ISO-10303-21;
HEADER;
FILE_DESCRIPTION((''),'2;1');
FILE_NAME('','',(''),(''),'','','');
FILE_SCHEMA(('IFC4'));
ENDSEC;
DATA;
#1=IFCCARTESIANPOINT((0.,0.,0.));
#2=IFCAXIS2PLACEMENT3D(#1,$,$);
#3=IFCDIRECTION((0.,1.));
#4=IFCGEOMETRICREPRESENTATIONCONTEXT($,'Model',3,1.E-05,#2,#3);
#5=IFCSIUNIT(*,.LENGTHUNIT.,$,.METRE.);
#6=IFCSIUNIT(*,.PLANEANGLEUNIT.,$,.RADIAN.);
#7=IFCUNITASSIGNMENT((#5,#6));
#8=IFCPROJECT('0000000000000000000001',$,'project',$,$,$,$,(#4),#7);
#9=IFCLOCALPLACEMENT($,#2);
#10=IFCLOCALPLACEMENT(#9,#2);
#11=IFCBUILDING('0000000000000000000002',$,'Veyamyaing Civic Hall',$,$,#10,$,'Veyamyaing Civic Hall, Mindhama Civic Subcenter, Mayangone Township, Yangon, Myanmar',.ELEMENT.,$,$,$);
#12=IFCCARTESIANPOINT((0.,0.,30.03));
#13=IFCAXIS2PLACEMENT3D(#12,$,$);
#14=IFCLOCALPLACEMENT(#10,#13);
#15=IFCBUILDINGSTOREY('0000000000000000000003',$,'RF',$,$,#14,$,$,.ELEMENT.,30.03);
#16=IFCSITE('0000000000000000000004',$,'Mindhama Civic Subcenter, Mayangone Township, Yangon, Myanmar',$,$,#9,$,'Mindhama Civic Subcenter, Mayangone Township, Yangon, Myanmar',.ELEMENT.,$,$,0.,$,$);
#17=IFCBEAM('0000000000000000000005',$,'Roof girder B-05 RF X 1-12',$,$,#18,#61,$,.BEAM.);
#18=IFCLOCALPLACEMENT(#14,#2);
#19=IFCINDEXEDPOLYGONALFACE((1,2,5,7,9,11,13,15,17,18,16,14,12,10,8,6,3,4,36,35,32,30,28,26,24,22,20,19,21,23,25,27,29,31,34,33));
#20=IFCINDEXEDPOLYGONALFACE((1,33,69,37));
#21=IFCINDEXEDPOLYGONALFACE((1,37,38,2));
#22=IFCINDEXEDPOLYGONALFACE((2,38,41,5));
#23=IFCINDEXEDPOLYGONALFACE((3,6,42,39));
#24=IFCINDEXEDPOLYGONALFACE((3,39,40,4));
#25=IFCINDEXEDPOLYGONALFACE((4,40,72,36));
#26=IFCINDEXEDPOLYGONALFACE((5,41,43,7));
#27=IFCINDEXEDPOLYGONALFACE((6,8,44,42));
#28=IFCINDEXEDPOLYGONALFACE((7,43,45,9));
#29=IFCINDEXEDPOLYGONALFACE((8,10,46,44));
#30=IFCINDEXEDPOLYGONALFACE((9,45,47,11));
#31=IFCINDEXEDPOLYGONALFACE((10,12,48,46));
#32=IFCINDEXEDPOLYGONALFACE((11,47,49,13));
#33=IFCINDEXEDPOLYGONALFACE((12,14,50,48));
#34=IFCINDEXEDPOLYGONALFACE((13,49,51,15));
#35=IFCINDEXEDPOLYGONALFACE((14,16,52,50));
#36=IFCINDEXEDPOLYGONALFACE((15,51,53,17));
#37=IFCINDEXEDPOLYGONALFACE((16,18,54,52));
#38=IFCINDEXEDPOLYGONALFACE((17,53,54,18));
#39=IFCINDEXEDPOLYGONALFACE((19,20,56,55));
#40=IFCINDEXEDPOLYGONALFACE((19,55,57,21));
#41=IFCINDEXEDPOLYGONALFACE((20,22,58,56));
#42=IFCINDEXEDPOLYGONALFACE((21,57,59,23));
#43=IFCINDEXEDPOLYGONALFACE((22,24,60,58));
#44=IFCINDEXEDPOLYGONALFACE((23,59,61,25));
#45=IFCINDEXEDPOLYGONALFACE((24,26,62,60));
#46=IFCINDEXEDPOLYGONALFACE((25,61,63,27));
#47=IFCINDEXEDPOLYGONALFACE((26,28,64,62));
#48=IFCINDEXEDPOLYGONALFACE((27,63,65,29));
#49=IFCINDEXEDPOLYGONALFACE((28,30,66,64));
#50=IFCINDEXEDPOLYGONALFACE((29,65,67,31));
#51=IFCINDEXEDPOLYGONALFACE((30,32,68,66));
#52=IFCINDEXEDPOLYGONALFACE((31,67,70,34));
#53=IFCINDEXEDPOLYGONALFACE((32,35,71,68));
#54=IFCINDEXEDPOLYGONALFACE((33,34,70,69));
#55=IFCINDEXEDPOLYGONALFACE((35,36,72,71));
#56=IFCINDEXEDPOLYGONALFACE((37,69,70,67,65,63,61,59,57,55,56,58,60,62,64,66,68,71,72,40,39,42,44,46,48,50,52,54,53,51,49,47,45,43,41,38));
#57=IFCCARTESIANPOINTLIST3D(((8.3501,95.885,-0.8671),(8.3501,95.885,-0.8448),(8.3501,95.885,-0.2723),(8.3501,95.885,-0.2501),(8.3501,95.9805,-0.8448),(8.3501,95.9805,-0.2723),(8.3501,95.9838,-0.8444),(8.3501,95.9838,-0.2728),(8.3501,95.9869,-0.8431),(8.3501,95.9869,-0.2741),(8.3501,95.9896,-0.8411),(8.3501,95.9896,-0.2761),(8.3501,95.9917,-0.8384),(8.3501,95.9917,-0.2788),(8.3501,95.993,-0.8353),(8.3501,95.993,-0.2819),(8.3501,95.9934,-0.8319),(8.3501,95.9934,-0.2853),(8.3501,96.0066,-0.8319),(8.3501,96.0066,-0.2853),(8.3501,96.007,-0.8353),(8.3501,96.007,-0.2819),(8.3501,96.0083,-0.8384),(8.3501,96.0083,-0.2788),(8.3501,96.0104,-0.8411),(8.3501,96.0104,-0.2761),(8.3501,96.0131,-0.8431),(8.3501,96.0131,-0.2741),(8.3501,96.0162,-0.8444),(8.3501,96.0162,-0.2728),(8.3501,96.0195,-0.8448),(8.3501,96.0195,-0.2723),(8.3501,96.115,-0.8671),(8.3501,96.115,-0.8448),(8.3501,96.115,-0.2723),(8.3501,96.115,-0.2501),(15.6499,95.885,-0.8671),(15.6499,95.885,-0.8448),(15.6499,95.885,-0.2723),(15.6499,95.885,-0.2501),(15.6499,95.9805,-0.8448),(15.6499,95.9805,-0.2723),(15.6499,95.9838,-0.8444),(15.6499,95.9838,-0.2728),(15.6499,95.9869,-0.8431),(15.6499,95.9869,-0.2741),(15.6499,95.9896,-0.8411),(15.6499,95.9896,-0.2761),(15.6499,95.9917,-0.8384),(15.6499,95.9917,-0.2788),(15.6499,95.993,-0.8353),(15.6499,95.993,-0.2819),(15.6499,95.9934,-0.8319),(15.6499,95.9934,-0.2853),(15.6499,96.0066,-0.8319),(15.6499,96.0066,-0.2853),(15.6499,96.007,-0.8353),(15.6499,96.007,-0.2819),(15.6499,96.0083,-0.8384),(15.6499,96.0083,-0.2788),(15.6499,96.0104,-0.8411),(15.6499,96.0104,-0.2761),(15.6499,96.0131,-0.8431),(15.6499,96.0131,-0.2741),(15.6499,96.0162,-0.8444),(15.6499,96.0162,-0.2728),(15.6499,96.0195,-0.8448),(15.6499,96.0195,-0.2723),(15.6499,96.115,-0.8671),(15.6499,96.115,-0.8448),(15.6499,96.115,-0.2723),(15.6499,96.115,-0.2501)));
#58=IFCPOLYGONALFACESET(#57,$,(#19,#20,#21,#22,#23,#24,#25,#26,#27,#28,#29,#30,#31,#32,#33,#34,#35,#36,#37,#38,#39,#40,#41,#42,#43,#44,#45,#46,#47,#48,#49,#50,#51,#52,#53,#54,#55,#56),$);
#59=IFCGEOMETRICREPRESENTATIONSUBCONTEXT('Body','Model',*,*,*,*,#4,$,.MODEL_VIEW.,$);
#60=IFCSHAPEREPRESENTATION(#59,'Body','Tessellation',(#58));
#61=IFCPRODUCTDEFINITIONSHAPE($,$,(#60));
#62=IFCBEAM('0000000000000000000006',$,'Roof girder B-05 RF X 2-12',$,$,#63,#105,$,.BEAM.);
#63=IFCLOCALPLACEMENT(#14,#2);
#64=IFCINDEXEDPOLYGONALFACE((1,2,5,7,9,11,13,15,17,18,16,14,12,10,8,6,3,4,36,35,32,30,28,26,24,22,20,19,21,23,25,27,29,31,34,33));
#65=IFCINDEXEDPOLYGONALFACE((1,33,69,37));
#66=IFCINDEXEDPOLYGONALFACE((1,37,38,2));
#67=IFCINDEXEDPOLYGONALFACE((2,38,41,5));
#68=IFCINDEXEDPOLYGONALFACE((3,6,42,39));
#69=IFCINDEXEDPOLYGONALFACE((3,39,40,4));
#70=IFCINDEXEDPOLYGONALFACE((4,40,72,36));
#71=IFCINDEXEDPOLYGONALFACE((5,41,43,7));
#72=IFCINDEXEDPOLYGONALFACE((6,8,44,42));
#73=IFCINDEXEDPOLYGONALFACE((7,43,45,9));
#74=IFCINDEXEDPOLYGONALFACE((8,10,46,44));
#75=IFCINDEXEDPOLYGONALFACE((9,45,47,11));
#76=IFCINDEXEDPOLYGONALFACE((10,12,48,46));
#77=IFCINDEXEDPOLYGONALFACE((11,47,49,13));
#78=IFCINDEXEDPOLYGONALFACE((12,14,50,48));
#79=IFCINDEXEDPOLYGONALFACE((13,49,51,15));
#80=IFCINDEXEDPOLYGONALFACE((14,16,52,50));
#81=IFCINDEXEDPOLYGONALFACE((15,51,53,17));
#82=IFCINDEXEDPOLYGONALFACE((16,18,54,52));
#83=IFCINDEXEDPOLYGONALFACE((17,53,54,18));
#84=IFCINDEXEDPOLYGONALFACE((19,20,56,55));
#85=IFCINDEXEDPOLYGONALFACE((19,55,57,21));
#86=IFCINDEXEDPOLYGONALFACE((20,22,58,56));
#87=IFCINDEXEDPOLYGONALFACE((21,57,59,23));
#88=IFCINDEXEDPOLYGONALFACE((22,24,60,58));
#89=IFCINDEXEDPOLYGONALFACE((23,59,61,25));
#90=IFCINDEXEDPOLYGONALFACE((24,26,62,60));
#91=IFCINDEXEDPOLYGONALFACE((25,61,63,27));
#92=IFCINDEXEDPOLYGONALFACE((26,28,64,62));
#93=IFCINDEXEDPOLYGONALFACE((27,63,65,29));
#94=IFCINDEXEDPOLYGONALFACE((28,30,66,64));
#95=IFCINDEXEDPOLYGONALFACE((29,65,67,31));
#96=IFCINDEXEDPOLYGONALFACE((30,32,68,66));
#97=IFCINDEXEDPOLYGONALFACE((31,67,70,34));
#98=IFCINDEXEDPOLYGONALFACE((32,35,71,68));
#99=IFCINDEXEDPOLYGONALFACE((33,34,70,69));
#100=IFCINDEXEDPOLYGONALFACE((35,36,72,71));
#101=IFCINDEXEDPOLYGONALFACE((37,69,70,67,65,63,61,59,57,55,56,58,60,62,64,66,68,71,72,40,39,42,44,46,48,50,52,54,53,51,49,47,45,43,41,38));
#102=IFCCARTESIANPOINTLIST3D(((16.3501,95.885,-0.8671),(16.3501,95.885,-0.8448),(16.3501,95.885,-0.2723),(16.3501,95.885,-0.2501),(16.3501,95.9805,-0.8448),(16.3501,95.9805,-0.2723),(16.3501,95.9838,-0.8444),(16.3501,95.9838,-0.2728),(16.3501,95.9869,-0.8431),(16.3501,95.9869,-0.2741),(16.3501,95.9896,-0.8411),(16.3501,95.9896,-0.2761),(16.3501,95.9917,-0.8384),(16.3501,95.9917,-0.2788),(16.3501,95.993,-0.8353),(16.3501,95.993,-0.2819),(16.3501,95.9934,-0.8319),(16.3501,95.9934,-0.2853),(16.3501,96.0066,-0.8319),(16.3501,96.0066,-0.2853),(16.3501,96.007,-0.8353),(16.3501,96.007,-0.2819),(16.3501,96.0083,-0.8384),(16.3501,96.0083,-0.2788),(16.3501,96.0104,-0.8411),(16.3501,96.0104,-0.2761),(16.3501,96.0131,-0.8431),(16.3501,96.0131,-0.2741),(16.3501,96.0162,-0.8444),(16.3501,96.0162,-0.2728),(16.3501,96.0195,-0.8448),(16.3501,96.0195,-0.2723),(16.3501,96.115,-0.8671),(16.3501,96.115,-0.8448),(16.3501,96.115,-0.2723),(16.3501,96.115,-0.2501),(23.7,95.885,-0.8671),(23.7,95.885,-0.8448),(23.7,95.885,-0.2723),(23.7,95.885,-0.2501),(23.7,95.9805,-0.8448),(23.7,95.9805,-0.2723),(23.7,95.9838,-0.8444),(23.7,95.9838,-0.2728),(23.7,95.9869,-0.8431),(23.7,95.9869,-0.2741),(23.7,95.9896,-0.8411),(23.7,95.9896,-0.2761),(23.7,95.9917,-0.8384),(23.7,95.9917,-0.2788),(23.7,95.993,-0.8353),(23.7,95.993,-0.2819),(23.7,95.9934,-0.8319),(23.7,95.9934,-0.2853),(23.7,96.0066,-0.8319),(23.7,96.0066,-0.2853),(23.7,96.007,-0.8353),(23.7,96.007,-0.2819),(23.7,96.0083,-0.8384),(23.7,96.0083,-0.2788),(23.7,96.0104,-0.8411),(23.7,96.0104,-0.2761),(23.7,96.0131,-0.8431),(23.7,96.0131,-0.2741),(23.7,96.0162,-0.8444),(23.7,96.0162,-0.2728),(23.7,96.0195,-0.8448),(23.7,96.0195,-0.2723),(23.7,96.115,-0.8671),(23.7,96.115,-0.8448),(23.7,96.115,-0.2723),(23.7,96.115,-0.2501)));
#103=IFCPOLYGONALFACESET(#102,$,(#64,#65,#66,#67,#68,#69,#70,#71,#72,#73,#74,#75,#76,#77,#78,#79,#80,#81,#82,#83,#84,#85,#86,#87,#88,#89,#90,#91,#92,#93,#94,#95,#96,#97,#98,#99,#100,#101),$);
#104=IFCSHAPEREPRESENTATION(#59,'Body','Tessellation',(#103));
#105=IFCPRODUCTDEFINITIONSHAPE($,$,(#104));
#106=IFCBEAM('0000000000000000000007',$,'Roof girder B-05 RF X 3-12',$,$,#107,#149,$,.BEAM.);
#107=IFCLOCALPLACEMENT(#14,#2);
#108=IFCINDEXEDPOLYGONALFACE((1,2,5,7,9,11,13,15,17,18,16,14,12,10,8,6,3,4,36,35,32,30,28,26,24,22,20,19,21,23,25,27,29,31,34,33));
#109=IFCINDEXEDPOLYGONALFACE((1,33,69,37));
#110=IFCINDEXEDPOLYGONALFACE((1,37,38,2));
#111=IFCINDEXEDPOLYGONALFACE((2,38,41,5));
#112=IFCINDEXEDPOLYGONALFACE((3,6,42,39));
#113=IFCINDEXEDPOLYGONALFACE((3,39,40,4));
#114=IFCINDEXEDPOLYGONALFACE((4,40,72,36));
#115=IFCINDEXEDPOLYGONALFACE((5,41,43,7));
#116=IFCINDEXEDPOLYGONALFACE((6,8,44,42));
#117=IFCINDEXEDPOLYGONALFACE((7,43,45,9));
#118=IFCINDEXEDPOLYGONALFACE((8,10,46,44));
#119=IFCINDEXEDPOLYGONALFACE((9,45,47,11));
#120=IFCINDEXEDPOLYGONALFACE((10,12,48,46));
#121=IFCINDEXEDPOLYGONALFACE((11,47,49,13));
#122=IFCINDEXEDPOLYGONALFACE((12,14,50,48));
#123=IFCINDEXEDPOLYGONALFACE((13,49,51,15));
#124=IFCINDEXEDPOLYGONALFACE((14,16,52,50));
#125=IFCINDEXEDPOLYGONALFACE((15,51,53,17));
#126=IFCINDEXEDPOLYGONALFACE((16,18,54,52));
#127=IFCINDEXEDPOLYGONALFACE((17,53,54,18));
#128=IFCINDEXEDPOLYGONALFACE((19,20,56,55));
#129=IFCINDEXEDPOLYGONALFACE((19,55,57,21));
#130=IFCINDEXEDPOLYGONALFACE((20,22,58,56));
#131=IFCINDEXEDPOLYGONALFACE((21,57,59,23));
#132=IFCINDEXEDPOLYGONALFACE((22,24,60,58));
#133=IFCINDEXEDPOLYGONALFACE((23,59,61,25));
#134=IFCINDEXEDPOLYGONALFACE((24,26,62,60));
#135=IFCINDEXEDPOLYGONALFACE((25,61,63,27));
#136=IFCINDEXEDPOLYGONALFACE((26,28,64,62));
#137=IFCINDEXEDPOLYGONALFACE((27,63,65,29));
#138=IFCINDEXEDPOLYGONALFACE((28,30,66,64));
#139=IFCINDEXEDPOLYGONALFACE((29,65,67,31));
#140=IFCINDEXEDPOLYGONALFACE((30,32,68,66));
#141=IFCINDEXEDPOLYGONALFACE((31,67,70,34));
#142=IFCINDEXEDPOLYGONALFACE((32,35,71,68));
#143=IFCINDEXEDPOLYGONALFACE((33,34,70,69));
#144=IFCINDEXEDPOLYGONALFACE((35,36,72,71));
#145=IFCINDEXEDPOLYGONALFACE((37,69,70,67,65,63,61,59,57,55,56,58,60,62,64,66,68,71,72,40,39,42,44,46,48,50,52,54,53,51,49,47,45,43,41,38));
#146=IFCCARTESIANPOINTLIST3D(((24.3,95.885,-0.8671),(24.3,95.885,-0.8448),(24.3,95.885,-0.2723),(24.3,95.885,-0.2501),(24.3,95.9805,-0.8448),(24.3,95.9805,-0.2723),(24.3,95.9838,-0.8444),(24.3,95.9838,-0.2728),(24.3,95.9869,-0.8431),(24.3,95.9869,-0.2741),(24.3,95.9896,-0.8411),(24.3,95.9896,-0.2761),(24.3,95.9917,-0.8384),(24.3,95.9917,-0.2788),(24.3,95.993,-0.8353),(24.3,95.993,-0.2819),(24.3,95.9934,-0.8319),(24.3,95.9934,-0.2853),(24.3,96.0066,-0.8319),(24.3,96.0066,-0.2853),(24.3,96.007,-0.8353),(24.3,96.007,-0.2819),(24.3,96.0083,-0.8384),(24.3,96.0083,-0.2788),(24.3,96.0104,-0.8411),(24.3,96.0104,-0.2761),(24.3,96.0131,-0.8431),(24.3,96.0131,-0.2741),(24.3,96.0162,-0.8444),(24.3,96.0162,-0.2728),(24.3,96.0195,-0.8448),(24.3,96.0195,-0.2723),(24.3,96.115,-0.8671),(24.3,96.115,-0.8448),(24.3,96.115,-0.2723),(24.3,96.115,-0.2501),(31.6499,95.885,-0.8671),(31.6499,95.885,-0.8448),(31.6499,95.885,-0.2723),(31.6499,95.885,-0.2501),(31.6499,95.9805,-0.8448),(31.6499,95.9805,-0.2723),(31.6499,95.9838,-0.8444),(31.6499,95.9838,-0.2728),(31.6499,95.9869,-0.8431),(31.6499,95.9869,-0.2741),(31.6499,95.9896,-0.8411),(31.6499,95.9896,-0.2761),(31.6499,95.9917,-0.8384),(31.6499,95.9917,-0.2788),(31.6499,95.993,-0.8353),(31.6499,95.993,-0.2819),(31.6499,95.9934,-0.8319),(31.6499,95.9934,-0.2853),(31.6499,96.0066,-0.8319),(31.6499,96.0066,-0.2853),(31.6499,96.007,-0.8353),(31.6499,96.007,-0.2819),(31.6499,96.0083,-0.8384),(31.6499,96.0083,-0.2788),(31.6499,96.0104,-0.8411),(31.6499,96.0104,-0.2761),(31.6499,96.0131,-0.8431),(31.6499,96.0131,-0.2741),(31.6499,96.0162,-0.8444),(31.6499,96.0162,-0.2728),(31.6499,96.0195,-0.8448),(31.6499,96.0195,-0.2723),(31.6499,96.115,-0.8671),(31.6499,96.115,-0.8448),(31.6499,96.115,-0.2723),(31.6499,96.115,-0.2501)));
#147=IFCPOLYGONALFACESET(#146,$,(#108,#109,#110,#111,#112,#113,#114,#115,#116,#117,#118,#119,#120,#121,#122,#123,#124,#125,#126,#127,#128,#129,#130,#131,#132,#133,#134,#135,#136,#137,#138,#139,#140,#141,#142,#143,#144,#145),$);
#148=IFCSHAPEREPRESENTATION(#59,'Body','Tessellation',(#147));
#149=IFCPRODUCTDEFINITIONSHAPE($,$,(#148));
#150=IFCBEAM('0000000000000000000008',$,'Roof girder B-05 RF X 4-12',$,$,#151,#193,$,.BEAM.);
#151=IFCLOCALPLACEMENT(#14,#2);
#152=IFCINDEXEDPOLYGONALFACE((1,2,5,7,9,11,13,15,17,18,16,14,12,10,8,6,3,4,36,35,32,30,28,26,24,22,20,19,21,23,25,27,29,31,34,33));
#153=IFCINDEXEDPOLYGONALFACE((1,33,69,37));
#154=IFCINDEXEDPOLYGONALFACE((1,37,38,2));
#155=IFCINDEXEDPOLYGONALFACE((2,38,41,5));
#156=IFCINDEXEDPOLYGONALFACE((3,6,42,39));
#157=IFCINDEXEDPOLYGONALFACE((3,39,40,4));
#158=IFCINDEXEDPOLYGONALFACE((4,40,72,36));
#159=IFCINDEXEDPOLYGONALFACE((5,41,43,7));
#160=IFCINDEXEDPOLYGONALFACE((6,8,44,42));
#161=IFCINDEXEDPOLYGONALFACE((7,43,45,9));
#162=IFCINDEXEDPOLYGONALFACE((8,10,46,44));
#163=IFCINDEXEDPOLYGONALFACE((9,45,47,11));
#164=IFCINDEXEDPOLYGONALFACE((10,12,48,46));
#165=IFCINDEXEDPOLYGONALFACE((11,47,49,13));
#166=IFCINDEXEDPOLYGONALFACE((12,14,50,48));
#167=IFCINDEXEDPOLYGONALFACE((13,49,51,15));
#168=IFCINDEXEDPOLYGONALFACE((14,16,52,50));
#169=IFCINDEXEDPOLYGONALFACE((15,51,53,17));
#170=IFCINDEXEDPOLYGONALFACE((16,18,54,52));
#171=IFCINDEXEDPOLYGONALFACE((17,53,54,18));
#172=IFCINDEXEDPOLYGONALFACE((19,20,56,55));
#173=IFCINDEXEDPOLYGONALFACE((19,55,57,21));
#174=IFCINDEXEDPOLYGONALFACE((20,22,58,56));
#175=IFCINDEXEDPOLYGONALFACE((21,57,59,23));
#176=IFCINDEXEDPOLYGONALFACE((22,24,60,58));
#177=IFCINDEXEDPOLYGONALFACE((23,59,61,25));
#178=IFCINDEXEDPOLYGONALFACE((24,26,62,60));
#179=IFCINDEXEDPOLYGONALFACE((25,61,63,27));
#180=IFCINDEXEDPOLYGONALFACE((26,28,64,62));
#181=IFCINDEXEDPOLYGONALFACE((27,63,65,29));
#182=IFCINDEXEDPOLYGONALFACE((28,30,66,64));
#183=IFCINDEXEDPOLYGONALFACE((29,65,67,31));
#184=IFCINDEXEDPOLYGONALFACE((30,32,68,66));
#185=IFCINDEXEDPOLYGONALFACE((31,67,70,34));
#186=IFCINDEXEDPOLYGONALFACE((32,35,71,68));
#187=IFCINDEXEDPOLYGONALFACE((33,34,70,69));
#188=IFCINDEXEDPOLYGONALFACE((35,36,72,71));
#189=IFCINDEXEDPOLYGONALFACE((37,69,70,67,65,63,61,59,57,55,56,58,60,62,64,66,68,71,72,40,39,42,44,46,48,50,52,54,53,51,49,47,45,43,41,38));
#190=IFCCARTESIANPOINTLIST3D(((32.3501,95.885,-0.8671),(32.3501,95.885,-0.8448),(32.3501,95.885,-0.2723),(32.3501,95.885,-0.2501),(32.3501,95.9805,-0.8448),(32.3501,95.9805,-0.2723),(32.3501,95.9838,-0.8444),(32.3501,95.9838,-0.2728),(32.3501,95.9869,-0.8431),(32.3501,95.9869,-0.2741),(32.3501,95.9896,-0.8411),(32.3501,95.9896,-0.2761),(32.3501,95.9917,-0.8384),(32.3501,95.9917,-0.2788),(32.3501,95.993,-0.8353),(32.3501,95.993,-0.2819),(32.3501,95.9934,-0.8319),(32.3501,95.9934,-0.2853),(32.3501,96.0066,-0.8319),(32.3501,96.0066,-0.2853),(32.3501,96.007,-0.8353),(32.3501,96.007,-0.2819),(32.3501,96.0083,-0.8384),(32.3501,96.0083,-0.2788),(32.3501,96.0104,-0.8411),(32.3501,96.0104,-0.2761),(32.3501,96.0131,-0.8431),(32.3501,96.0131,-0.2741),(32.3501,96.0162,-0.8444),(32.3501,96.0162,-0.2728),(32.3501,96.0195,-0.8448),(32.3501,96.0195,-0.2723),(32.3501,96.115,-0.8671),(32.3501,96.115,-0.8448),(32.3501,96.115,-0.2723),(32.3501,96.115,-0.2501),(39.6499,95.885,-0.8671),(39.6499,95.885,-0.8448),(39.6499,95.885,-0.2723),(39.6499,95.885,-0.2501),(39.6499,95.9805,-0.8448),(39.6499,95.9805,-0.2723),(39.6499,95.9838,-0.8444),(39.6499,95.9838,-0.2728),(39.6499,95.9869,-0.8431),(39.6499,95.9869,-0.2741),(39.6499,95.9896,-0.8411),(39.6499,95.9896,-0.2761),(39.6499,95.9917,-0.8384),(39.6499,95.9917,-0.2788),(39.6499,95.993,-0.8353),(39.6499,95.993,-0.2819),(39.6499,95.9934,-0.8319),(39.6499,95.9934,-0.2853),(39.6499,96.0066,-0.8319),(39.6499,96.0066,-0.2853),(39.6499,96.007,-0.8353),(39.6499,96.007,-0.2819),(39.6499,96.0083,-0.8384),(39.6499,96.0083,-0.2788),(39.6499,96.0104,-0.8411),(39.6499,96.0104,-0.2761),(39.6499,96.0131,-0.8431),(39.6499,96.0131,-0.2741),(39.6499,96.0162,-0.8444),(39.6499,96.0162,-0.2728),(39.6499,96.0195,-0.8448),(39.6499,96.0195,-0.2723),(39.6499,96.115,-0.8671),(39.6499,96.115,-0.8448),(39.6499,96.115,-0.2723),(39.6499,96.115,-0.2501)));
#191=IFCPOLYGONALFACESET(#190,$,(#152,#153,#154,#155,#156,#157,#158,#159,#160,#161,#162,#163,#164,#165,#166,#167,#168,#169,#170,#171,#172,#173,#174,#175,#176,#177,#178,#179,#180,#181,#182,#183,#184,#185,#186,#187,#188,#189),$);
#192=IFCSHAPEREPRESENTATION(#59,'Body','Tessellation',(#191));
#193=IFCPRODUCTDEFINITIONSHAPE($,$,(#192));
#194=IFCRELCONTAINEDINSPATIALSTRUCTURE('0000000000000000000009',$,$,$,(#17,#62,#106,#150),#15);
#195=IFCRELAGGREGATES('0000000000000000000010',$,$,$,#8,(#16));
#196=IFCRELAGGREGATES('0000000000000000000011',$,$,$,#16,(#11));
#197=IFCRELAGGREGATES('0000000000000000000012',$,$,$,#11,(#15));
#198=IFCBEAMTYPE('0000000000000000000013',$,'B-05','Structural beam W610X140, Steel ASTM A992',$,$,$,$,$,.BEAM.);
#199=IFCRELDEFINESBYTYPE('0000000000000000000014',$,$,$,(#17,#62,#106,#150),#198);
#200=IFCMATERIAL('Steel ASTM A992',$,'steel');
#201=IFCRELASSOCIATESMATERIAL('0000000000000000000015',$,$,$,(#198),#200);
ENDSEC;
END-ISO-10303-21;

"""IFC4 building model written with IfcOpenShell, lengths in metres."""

from ifc_helpers import new_model, si_unit, direction, frame, origin, origin_2d, place, context, subcontext, project, spatial, i_section, extrude, material, material_profile, profile_set, type_object, element, save


model = new_model("IFC4")

# Units and contexts
model_context = context("Model", 3, precision=1e-05, world=origin(), true_north=direction((0.0, 1.0)))
body_context = subcontext(model_context, "Body", "Model", "MODEL_VIEW")
ifc_project = project(units=[si_unit("LENGTHUNIT", "METRE"), si_unit("PLANEANGLEUNIT", "RADIAN")], contexts=[model_context])

# Site, building, storey
site_placement = place(None, origin())
site = spatial("IfcSite", under=ifc_project, at=site_placement, Name="Mindhama Civic Subcenter, Mayangone Township, Yangon, Myanmar", LongName="Mindhama Civic Subcenter, Mayangone Township, Yangon, Myanmar", CompositionType="ELEMENT", RefElevation=0.0)
building_placement = place(site_placement, origin())
building = spatial("IfcBuilding", under=site, at=building_placement, Name="Veyamyaing Civic Hall", LongName="Veyamyaing Civic Hall, Mindhama Civic Subcenter, Mayangone Township, Yangon, Myanmar", CompositionType="ELEMENT")
storey_placement = place(building_placement, frame((0.0, 0.0, 30.03)))
storey = spatial("IfcBuildingStorey", under=building, at=storey_placement, Name="RF", CompositionType="ELEMENT", Elevation=30.03)

# Beams
ifc_material_1 = material(Name="Steel ASTM A992", Category="steel")
ifc_material_profile_1 = material_profile(ifc_material_1, i_section(OverallWidth=0.23, OverallDepth=0.6169, WebThickness=0.0132, FlangeThickness=0.0222, FilletRadius=0.0129, at=origin_2d()), Name="W610X140")
ifc_profile_set_1 = profile_set([ifc_material_profile_1], Name="Steel ASTM A992")
beam_type_1 = type_object("IfcBeamType", Name="B-05", Description="Structural beam W610X140, Steel ASTM A992", PredefinedType="BEAM", material=ifc_profile_set_1)
beam_1_placement = place(storey_placement, frame((8.3501, 96.0, -0.5586), z_axis=(1.0, 0.0, 0.0), x_axis=(0.0, 1.0, 0.0)))
element("IfcBeam", 1, at=beam_1_placement, inside=storey, type_object=beam_type_1, Name="Roof girder B-05 RF X 1-12", PredefinedType="BEAM", context=body_context, shape_type="SweptSolid", body=[
    extrude(i_section(OverallWidth=0.23, OverallDepth=0.6169, WebThickness=0.0132, FlangeThickness=0.0222, FilletRadius=0.0129, at=origin_2d()), origin(), (0.0, 0.0, 1.0), 7.2998),
])
for number, where, z_axis, x_axis, name in (
    (2, (16.3501, 96.0, -0.5586), (1.0, 0.0, 0.0), (0.0, 1.0, 0.0), "Roof girder B-05 RF X 2-12"),
    (3, (24.3, 96.0, -0.5586), (1.0, 0.0, 0.0), (0.0, 1.0, 0.0), "Roof girder B-05 RF X 3-12"),
):
    element("IfcBeam", number, at=place(storey_placement, frame(where, z_axis=z_axis, x_axis=x_axis)), inside=storey, type_object=beam_type_1, Name=name, PredefinedType="BEAM", context=body_context, shape_type="SweptSolid", body=[
        extrude(i_section(OverallWidth=0.23, OverallDepth=0.6169, WebThickness=0.0132, FlangeThickness=0.0222, FilletRadius=0.0129, at=origin_2d()), origin(), (0.0, 0.0, 1.0), 7.3499),
    ])
beam_2_placement = place(storey_placement, frame((32.3501, 96.0, -0.5586), z_axis=(1.0, 0.0, 0.0), x_axis=(0.0, 1.0, 0.0)))
element("IfcBeam", 4, at=beam_2_placement, inside=storey, type_object=beam_type_1, Name="Roof girder B-05 RF X 4-12", PredefinedType="BEAM", context=body_context, shape_type="SweptSolid", body=[
    extrude(i_section(OverallWidth=0.23, OverallDepth=0.6169, WebThickness=0.0132, FlangeThickness=0.0222, FilletRadius=0.0129, at=origin_2d()), origin(), (0.0, 0.0, 1.0), 7.2998),
])

save(model, "model.ifc")
